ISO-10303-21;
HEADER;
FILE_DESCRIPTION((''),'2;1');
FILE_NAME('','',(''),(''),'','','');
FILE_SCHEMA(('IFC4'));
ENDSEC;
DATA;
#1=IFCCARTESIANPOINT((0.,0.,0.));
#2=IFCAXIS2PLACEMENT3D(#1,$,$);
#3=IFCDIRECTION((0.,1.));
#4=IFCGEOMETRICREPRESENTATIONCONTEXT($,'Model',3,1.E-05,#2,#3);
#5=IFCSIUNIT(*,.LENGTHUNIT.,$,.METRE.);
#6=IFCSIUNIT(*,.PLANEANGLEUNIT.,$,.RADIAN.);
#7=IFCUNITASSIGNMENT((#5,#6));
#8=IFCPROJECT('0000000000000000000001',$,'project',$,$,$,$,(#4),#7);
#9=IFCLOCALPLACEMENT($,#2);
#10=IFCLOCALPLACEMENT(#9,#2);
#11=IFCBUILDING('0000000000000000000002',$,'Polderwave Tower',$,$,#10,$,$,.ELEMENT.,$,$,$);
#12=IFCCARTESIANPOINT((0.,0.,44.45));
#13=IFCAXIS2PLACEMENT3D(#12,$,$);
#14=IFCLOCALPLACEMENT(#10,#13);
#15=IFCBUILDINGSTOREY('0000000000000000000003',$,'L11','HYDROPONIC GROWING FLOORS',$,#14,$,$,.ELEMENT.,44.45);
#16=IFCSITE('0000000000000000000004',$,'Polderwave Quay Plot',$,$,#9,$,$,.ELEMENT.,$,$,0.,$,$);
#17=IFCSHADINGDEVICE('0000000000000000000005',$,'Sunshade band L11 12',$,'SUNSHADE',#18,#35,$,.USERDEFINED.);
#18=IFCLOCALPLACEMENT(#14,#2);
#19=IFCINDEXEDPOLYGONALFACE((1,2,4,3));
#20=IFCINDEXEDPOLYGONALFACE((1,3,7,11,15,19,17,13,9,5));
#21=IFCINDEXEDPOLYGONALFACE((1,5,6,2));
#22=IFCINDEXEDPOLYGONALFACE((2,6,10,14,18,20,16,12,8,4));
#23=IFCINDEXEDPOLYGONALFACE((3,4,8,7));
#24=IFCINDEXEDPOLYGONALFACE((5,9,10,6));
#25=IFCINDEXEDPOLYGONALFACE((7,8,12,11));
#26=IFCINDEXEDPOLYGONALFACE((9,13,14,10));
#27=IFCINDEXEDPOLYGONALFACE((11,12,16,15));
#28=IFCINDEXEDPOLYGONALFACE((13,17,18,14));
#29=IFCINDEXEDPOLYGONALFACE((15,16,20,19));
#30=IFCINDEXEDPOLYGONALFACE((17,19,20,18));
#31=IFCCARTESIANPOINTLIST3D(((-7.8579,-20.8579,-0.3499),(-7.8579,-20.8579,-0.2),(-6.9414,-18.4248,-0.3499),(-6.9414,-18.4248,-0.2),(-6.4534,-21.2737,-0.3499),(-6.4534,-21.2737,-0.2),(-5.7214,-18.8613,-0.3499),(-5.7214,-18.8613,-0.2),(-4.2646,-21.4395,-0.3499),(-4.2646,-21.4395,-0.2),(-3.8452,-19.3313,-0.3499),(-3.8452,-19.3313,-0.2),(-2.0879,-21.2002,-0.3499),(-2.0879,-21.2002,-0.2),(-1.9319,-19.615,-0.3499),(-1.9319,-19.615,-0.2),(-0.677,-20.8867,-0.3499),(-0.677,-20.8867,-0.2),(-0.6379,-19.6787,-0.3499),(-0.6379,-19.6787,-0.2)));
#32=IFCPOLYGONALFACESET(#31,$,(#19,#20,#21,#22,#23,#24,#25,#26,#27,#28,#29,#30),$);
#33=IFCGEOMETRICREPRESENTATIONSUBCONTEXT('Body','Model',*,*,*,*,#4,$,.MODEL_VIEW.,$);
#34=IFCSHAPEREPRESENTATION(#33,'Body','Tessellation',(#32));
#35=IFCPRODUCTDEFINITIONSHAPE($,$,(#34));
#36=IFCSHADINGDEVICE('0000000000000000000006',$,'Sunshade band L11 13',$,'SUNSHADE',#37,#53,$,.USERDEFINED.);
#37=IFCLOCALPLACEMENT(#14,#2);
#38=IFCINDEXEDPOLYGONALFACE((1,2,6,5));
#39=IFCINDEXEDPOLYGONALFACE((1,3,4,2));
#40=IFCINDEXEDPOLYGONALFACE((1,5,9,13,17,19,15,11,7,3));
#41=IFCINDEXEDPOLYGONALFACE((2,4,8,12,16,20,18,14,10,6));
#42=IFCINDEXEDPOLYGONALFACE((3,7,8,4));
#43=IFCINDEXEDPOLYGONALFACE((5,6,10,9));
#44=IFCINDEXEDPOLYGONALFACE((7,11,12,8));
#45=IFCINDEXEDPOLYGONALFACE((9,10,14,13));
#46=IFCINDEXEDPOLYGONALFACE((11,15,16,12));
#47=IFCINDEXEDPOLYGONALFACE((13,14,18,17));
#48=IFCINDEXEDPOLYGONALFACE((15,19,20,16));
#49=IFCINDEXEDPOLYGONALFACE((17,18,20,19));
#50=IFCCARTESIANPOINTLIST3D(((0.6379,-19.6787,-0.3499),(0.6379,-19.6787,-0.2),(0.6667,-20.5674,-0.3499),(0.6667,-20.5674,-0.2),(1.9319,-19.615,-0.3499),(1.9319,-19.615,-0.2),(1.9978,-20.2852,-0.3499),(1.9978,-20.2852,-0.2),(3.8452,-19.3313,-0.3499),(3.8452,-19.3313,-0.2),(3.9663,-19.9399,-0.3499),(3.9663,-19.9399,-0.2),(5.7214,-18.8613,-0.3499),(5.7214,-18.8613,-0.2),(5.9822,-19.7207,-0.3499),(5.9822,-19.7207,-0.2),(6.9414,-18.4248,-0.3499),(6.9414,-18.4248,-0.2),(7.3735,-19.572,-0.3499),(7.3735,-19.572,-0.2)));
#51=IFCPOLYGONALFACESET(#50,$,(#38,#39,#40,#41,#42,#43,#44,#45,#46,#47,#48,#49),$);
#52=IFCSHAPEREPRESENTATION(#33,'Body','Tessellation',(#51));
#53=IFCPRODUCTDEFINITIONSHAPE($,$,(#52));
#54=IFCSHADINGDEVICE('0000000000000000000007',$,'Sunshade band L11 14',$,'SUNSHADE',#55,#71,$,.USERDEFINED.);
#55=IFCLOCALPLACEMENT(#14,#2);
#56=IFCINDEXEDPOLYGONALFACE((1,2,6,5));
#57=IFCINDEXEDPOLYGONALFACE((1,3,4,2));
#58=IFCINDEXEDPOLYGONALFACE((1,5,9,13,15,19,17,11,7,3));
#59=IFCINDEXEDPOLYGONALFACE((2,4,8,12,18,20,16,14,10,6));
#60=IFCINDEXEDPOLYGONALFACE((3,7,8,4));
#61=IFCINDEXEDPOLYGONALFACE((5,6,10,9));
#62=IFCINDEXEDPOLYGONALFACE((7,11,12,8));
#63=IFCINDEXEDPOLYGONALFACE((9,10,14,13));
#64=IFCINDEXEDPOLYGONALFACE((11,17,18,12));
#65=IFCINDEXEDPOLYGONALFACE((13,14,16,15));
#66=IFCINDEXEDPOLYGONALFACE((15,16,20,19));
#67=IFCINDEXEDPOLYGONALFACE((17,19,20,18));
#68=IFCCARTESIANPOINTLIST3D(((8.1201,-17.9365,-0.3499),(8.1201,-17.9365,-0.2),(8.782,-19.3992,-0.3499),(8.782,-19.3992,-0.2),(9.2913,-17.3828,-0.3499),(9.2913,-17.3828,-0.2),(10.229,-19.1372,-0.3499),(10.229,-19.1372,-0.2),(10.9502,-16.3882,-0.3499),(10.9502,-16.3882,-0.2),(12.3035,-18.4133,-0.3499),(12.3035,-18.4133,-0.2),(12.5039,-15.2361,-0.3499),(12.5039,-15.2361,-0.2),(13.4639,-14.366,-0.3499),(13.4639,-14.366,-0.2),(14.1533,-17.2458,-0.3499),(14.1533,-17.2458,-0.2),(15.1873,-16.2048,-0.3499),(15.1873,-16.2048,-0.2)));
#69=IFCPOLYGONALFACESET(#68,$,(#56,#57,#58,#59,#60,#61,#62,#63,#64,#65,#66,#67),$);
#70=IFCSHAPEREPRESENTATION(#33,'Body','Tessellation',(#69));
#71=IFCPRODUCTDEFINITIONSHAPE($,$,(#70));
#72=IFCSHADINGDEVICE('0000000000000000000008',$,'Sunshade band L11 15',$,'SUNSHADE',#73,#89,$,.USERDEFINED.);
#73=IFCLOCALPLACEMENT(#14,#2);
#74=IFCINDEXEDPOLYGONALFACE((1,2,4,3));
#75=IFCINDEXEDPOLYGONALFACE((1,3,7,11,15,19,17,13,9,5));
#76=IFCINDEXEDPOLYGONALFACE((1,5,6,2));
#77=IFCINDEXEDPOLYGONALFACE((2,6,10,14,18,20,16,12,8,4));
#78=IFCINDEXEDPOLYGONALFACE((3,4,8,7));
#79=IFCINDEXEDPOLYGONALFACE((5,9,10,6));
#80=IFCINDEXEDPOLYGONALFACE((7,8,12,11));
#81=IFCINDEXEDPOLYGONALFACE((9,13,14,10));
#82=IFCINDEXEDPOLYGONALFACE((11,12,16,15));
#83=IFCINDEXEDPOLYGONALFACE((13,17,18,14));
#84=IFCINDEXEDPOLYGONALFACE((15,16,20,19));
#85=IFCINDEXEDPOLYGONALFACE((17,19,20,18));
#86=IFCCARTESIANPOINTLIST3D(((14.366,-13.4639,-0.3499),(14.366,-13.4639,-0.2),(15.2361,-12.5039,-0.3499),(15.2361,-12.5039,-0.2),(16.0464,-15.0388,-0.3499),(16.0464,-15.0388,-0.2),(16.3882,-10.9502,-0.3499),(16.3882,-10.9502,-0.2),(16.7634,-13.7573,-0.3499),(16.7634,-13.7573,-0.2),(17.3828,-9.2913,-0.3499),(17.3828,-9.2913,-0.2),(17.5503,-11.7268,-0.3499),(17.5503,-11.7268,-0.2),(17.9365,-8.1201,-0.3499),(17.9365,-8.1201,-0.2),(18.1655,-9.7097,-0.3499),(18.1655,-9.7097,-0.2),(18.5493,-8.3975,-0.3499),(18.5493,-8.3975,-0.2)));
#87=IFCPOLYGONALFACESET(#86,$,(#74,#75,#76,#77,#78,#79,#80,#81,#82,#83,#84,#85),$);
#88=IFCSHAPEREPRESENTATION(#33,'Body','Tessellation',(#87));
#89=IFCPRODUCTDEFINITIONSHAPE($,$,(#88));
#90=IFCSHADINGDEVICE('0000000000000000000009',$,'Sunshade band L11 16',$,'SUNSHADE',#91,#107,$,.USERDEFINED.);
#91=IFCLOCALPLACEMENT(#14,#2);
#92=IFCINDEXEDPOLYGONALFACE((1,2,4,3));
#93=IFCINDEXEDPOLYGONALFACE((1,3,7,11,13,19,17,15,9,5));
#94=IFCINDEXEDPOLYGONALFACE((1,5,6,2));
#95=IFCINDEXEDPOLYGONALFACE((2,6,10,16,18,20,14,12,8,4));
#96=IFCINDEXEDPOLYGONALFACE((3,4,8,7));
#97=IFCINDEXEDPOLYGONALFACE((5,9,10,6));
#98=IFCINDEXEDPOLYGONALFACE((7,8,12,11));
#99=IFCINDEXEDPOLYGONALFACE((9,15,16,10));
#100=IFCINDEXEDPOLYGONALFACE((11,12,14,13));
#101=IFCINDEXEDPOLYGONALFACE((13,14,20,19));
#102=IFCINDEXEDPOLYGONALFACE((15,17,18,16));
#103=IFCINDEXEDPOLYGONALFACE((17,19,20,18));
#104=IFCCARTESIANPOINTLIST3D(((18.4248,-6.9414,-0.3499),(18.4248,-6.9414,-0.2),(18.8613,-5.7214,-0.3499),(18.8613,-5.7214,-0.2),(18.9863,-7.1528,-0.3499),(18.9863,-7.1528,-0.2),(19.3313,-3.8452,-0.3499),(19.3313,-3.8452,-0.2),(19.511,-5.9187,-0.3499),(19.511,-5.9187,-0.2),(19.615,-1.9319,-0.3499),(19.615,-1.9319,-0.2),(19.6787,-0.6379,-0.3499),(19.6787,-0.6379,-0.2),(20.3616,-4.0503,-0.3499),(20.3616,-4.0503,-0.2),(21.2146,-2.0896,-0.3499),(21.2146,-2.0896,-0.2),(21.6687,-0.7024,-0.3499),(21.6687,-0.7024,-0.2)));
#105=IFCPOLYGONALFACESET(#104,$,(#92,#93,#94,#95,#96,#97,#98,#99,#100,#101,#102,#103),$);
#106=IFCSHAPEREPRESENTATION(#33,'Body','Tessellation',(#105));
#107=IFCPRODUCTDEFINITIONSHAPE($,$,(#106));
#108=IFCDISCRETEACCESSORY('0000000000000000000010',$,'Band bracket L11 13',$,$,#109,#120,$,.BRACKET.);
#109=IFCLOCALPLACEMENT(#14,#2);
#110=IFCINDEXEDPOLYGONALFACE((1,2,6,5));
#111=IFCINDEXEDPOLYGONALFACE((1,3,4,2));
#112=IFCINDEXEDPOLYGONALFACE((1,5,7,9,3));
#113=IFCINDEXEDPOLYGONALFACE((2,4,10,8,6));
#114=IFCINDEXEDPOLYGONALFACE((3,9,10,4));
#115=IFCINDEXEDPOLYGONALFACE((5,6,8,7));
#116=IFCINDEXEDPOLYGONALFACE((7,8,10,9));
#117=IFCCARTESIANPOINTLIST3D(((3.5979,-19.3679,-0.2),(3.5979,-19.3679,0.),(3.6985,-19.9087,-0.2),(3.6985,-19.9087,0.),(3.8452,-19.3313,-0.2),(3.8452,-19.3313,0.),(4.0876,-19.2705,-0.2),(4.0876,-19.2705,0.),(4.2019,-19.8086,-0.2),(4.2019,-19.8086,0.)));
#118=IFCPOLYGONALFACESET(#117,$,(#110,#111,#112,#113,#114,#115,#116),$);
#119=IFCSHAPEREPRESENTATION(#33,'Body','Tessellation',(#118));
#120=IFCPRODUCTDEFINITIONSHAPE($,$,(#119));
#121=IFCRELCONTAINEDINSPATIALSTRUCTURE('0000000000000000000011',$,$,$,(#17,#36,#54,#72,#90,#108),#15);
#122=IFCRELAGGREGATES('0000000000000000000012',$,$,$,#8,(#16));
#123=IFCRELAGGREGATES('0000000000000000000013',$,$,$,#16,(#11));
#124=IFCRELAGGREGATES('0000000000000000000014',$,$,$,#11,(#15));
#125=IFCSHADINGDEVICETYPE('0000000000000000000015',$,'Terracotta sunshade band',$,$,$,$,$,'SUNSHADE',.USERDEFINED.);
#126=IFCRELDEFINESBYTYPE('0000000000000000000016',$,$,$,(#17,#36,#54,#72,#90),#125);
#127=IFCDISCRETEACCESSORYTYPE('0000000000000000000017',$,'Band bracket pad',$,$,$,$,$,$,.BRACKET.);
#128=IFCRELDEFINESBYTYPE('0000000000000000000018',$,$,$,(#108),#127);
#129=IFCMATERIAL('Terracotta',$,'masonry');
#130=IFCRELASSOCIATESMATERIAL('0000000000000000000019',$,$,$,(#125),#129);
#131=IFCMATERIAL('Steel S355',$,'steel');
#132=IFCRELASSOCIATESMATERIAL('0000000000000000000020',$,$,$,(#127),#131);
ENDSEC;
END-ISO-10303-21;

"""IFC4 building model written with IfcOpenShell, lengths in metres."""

from ifc_helpers import new_model, si_unit, direction, frame, origin, place, context, subcontext, project, spatial, polyline, outline, extrude, material, type_object, element, save


model = new_model("IFC4")

# Units and contexts
model_context = context("Model", 3, precision=1e-05, world=origin(), true_north=direction((0.0, 1.0)))
body_context = subcontext(model_context, "Body", "Model", "MODEL_VIEW")
ifc_project = project(units=[si_unit("LENGTHUNIT", "METRE"), si_unit("PLANEANGLEUNIT", "RADIAN")], contexts=[model_context])

# Site, building, storey
site_placement = place(None, origin())
site = spatial("IfcSite", under=ifc_project, at=site_placement, Name="Polderwave Quay Plot", CompositionType="ELEMENT", RefElevation=0.0)
building_placement = place(site_placement, origin())
building = spatial("IfcBuilding", under=site, at=building_placement, Name="Polderwave Tower", CompositionType="ELEMENT")
storey_placement = place(building_placement, frame((0.0, 0.0, 44.45)))
storey = spatial("IfcBuildingStorey", under=building, at=storey_placement, Name="L11", Description="HYDROPONIC GROWING FLOORS", CompositionType="ELEMENT", Elevation=44.45)

# Shading devices
ifc_material_1 = material(Name="Terracotta", Category="masonry")
shading_device_type = type_object("IfcShadingDeviceType", Name="Terracotta sunshade band", ElementType="SUNSHADE", PredefinedType="USERDEFINED", material=ifc_material_1)
shading_device_1_placement = place(storey_placement, frame((0.0, 0.0, -0.3499)))
element("IfcShadingDevice", 1, at=shading_device_1_placement, inside=storey, type_object=shading_device_type, Name="Sunshade band L11 12", ObjectType="SUNSHADE", PredefinedType="USERDEFINED", context=body_context, shape_type="SweptSolid", body=[
    extrude(outline(polyline([(-6.9414, -18.4248), (-5.7214, -18.8613), (-3.8452, -19.3313), (-1.9319, -19.615), (-0.6379, -19.6787), (-0.677, -20.8867), (-2.0879, -21.2002), (-4.2646, -21.4395), (-6.4534, -21.2737), (-7.8579, -20.8579), (-6.9414, -18.4248)])), origin(), (0.0, 0.0, 1.0), 0.1499),
])
shading_device_2_placement = place(storey_placement, frame((0.0, 0.0, -0.3499)))
element("IfcShadingDevice", 2, at=shading_device_2_placement, inside=storey, type_object=shading_device_type, Name="Sunshade band L11 13", ObjectType="SUNSHADE", PredefinedType="USERDEFINED", context=body_context, shape_type="SweptSolid", body=[
    extrude(outline(polyline([(0.6379, -19.6787), (1.9319, -19.615), (3.8452, -19.3313), (5.7214, -18.8613), (6.9414, -18.4248), (7.3735, -19.572), (5.9822, -19.7207), (3.9663, -19.9399), (1.9978, -20.2852), (0.6667, -20.5674), (0.6379, -19.6787)])), origin(), (0.0, 0.0, 1.0), 0.1499),
])
shading_device_3_placement = place(storey_placement, frame((0.0, 0.0, -0.3499)))
element("IfcShadingDevice", 3, at=shading_device_3_placement, inside=storey, type_object=shading_device_type, Name="Sunshade band L11 14", ObjectType="SUNSHADE", PredefinedType="USERDEFINED", context=body_context, shape_type="SweptSolid", body=[
    extrude(outline(polyline([(8.1201, -17.9365), (9.2913, -17.3828), (10.9502, -16.3882), (12.5039, -15.2361), (13.4639, -14.366), (15.1873, -16.2048), (14.1533, -17.2458), (12.3035, -18.4133), (10.229, -19.1372), (8.782, -19.3992), (8.1201, -17.9365)])), origin(), (0.0, 0.0, 1.0), 0.1499),
])
shading_device_4_placement = place(storey_placement, frame((0.0, 0.0, -0.3499)))
element("IfcShadingDevice", 4, at=shading_device_4_placement, inside=storey, type_object=shading_device_type, Name="Sunshade band L11 15", ObjectType="SUNSHADE", PredefinedType="USERDEFINED", context=body_context, shape_type="SweptSolid", body=[
    extrude(outline(polyline([(14.366, -13.4639), (15.2361, -12.5039), (16.3882, -10.9502), (17.3828, -9.2913), (17.9365, -8.1201), (18.5493, -8.3975), (18.1655, -9.7097), (17.5503, -11.7268), (16.7634, -13.7573), (16.0464, -15.0388), (14.366, -13.4639)])), origin(), (0.0, 0.0, 1.0), 0.1499),
])
shading_device_5_placement = place(storey_placement, frame((0.0, 0.0, -0.3499)))
element("IfcShadingDevice", 5, at=shading_device_5_placement, inside=storey, type_object=shading_device_type, Name="Sunshade band L11 16", ObjectType="SUNSHADE", PredefinedType="USERDEFINED", context=body_context, shape_type="SweptSolid", body=[
    extrude(outline(polyline([(18.4248, -6.9414), (18.8613, -5.7214), (19.3313, -3.8452), (19.615, -1.9319), (19.6787, -0.6379), (21.6687, -0.7024), (21.2146, -2.0896), (20.3616, -4.0503), (19.511, -5.9187), (18.9863, -7.1528), (18.4248, -6.9414)])), origin(), (0.0, 0.0, 1.0), 0.1499),
])

# Discrete accessory
ifc_material_2 = material(Name="Steel S355", Category="steel")
discrete_accessory_type = type_object("IfcDiscreteAccessoryType", Name="Band bracket pad", PredefinedType="BRACKET", material=ifc_material_2)
discrete_accessory_placement = place(storey_placement, frame((0.0, 0.0, -0.2)))
element("IfcDiscreteAccessory", 6, at=discrete_accessory_placement, inside=storey, type_object=discrete_accessory_type, Name="Band bracket L11 13", PredefinedType="BRACKET", context=body_context, shape_type="SweptSolid", body=[
    extrude(outline(polyline([(3.5979, -19.3679), (3.8452, -19.3313), (4.0876, -19.2705), (4.2019, -19.8086), (3.6985, -19.9087), (3.5979, -19.3679)])), origin(), (0.0, 0.0, 1.0), 0.2),
])

save(model, "model.ifc")
